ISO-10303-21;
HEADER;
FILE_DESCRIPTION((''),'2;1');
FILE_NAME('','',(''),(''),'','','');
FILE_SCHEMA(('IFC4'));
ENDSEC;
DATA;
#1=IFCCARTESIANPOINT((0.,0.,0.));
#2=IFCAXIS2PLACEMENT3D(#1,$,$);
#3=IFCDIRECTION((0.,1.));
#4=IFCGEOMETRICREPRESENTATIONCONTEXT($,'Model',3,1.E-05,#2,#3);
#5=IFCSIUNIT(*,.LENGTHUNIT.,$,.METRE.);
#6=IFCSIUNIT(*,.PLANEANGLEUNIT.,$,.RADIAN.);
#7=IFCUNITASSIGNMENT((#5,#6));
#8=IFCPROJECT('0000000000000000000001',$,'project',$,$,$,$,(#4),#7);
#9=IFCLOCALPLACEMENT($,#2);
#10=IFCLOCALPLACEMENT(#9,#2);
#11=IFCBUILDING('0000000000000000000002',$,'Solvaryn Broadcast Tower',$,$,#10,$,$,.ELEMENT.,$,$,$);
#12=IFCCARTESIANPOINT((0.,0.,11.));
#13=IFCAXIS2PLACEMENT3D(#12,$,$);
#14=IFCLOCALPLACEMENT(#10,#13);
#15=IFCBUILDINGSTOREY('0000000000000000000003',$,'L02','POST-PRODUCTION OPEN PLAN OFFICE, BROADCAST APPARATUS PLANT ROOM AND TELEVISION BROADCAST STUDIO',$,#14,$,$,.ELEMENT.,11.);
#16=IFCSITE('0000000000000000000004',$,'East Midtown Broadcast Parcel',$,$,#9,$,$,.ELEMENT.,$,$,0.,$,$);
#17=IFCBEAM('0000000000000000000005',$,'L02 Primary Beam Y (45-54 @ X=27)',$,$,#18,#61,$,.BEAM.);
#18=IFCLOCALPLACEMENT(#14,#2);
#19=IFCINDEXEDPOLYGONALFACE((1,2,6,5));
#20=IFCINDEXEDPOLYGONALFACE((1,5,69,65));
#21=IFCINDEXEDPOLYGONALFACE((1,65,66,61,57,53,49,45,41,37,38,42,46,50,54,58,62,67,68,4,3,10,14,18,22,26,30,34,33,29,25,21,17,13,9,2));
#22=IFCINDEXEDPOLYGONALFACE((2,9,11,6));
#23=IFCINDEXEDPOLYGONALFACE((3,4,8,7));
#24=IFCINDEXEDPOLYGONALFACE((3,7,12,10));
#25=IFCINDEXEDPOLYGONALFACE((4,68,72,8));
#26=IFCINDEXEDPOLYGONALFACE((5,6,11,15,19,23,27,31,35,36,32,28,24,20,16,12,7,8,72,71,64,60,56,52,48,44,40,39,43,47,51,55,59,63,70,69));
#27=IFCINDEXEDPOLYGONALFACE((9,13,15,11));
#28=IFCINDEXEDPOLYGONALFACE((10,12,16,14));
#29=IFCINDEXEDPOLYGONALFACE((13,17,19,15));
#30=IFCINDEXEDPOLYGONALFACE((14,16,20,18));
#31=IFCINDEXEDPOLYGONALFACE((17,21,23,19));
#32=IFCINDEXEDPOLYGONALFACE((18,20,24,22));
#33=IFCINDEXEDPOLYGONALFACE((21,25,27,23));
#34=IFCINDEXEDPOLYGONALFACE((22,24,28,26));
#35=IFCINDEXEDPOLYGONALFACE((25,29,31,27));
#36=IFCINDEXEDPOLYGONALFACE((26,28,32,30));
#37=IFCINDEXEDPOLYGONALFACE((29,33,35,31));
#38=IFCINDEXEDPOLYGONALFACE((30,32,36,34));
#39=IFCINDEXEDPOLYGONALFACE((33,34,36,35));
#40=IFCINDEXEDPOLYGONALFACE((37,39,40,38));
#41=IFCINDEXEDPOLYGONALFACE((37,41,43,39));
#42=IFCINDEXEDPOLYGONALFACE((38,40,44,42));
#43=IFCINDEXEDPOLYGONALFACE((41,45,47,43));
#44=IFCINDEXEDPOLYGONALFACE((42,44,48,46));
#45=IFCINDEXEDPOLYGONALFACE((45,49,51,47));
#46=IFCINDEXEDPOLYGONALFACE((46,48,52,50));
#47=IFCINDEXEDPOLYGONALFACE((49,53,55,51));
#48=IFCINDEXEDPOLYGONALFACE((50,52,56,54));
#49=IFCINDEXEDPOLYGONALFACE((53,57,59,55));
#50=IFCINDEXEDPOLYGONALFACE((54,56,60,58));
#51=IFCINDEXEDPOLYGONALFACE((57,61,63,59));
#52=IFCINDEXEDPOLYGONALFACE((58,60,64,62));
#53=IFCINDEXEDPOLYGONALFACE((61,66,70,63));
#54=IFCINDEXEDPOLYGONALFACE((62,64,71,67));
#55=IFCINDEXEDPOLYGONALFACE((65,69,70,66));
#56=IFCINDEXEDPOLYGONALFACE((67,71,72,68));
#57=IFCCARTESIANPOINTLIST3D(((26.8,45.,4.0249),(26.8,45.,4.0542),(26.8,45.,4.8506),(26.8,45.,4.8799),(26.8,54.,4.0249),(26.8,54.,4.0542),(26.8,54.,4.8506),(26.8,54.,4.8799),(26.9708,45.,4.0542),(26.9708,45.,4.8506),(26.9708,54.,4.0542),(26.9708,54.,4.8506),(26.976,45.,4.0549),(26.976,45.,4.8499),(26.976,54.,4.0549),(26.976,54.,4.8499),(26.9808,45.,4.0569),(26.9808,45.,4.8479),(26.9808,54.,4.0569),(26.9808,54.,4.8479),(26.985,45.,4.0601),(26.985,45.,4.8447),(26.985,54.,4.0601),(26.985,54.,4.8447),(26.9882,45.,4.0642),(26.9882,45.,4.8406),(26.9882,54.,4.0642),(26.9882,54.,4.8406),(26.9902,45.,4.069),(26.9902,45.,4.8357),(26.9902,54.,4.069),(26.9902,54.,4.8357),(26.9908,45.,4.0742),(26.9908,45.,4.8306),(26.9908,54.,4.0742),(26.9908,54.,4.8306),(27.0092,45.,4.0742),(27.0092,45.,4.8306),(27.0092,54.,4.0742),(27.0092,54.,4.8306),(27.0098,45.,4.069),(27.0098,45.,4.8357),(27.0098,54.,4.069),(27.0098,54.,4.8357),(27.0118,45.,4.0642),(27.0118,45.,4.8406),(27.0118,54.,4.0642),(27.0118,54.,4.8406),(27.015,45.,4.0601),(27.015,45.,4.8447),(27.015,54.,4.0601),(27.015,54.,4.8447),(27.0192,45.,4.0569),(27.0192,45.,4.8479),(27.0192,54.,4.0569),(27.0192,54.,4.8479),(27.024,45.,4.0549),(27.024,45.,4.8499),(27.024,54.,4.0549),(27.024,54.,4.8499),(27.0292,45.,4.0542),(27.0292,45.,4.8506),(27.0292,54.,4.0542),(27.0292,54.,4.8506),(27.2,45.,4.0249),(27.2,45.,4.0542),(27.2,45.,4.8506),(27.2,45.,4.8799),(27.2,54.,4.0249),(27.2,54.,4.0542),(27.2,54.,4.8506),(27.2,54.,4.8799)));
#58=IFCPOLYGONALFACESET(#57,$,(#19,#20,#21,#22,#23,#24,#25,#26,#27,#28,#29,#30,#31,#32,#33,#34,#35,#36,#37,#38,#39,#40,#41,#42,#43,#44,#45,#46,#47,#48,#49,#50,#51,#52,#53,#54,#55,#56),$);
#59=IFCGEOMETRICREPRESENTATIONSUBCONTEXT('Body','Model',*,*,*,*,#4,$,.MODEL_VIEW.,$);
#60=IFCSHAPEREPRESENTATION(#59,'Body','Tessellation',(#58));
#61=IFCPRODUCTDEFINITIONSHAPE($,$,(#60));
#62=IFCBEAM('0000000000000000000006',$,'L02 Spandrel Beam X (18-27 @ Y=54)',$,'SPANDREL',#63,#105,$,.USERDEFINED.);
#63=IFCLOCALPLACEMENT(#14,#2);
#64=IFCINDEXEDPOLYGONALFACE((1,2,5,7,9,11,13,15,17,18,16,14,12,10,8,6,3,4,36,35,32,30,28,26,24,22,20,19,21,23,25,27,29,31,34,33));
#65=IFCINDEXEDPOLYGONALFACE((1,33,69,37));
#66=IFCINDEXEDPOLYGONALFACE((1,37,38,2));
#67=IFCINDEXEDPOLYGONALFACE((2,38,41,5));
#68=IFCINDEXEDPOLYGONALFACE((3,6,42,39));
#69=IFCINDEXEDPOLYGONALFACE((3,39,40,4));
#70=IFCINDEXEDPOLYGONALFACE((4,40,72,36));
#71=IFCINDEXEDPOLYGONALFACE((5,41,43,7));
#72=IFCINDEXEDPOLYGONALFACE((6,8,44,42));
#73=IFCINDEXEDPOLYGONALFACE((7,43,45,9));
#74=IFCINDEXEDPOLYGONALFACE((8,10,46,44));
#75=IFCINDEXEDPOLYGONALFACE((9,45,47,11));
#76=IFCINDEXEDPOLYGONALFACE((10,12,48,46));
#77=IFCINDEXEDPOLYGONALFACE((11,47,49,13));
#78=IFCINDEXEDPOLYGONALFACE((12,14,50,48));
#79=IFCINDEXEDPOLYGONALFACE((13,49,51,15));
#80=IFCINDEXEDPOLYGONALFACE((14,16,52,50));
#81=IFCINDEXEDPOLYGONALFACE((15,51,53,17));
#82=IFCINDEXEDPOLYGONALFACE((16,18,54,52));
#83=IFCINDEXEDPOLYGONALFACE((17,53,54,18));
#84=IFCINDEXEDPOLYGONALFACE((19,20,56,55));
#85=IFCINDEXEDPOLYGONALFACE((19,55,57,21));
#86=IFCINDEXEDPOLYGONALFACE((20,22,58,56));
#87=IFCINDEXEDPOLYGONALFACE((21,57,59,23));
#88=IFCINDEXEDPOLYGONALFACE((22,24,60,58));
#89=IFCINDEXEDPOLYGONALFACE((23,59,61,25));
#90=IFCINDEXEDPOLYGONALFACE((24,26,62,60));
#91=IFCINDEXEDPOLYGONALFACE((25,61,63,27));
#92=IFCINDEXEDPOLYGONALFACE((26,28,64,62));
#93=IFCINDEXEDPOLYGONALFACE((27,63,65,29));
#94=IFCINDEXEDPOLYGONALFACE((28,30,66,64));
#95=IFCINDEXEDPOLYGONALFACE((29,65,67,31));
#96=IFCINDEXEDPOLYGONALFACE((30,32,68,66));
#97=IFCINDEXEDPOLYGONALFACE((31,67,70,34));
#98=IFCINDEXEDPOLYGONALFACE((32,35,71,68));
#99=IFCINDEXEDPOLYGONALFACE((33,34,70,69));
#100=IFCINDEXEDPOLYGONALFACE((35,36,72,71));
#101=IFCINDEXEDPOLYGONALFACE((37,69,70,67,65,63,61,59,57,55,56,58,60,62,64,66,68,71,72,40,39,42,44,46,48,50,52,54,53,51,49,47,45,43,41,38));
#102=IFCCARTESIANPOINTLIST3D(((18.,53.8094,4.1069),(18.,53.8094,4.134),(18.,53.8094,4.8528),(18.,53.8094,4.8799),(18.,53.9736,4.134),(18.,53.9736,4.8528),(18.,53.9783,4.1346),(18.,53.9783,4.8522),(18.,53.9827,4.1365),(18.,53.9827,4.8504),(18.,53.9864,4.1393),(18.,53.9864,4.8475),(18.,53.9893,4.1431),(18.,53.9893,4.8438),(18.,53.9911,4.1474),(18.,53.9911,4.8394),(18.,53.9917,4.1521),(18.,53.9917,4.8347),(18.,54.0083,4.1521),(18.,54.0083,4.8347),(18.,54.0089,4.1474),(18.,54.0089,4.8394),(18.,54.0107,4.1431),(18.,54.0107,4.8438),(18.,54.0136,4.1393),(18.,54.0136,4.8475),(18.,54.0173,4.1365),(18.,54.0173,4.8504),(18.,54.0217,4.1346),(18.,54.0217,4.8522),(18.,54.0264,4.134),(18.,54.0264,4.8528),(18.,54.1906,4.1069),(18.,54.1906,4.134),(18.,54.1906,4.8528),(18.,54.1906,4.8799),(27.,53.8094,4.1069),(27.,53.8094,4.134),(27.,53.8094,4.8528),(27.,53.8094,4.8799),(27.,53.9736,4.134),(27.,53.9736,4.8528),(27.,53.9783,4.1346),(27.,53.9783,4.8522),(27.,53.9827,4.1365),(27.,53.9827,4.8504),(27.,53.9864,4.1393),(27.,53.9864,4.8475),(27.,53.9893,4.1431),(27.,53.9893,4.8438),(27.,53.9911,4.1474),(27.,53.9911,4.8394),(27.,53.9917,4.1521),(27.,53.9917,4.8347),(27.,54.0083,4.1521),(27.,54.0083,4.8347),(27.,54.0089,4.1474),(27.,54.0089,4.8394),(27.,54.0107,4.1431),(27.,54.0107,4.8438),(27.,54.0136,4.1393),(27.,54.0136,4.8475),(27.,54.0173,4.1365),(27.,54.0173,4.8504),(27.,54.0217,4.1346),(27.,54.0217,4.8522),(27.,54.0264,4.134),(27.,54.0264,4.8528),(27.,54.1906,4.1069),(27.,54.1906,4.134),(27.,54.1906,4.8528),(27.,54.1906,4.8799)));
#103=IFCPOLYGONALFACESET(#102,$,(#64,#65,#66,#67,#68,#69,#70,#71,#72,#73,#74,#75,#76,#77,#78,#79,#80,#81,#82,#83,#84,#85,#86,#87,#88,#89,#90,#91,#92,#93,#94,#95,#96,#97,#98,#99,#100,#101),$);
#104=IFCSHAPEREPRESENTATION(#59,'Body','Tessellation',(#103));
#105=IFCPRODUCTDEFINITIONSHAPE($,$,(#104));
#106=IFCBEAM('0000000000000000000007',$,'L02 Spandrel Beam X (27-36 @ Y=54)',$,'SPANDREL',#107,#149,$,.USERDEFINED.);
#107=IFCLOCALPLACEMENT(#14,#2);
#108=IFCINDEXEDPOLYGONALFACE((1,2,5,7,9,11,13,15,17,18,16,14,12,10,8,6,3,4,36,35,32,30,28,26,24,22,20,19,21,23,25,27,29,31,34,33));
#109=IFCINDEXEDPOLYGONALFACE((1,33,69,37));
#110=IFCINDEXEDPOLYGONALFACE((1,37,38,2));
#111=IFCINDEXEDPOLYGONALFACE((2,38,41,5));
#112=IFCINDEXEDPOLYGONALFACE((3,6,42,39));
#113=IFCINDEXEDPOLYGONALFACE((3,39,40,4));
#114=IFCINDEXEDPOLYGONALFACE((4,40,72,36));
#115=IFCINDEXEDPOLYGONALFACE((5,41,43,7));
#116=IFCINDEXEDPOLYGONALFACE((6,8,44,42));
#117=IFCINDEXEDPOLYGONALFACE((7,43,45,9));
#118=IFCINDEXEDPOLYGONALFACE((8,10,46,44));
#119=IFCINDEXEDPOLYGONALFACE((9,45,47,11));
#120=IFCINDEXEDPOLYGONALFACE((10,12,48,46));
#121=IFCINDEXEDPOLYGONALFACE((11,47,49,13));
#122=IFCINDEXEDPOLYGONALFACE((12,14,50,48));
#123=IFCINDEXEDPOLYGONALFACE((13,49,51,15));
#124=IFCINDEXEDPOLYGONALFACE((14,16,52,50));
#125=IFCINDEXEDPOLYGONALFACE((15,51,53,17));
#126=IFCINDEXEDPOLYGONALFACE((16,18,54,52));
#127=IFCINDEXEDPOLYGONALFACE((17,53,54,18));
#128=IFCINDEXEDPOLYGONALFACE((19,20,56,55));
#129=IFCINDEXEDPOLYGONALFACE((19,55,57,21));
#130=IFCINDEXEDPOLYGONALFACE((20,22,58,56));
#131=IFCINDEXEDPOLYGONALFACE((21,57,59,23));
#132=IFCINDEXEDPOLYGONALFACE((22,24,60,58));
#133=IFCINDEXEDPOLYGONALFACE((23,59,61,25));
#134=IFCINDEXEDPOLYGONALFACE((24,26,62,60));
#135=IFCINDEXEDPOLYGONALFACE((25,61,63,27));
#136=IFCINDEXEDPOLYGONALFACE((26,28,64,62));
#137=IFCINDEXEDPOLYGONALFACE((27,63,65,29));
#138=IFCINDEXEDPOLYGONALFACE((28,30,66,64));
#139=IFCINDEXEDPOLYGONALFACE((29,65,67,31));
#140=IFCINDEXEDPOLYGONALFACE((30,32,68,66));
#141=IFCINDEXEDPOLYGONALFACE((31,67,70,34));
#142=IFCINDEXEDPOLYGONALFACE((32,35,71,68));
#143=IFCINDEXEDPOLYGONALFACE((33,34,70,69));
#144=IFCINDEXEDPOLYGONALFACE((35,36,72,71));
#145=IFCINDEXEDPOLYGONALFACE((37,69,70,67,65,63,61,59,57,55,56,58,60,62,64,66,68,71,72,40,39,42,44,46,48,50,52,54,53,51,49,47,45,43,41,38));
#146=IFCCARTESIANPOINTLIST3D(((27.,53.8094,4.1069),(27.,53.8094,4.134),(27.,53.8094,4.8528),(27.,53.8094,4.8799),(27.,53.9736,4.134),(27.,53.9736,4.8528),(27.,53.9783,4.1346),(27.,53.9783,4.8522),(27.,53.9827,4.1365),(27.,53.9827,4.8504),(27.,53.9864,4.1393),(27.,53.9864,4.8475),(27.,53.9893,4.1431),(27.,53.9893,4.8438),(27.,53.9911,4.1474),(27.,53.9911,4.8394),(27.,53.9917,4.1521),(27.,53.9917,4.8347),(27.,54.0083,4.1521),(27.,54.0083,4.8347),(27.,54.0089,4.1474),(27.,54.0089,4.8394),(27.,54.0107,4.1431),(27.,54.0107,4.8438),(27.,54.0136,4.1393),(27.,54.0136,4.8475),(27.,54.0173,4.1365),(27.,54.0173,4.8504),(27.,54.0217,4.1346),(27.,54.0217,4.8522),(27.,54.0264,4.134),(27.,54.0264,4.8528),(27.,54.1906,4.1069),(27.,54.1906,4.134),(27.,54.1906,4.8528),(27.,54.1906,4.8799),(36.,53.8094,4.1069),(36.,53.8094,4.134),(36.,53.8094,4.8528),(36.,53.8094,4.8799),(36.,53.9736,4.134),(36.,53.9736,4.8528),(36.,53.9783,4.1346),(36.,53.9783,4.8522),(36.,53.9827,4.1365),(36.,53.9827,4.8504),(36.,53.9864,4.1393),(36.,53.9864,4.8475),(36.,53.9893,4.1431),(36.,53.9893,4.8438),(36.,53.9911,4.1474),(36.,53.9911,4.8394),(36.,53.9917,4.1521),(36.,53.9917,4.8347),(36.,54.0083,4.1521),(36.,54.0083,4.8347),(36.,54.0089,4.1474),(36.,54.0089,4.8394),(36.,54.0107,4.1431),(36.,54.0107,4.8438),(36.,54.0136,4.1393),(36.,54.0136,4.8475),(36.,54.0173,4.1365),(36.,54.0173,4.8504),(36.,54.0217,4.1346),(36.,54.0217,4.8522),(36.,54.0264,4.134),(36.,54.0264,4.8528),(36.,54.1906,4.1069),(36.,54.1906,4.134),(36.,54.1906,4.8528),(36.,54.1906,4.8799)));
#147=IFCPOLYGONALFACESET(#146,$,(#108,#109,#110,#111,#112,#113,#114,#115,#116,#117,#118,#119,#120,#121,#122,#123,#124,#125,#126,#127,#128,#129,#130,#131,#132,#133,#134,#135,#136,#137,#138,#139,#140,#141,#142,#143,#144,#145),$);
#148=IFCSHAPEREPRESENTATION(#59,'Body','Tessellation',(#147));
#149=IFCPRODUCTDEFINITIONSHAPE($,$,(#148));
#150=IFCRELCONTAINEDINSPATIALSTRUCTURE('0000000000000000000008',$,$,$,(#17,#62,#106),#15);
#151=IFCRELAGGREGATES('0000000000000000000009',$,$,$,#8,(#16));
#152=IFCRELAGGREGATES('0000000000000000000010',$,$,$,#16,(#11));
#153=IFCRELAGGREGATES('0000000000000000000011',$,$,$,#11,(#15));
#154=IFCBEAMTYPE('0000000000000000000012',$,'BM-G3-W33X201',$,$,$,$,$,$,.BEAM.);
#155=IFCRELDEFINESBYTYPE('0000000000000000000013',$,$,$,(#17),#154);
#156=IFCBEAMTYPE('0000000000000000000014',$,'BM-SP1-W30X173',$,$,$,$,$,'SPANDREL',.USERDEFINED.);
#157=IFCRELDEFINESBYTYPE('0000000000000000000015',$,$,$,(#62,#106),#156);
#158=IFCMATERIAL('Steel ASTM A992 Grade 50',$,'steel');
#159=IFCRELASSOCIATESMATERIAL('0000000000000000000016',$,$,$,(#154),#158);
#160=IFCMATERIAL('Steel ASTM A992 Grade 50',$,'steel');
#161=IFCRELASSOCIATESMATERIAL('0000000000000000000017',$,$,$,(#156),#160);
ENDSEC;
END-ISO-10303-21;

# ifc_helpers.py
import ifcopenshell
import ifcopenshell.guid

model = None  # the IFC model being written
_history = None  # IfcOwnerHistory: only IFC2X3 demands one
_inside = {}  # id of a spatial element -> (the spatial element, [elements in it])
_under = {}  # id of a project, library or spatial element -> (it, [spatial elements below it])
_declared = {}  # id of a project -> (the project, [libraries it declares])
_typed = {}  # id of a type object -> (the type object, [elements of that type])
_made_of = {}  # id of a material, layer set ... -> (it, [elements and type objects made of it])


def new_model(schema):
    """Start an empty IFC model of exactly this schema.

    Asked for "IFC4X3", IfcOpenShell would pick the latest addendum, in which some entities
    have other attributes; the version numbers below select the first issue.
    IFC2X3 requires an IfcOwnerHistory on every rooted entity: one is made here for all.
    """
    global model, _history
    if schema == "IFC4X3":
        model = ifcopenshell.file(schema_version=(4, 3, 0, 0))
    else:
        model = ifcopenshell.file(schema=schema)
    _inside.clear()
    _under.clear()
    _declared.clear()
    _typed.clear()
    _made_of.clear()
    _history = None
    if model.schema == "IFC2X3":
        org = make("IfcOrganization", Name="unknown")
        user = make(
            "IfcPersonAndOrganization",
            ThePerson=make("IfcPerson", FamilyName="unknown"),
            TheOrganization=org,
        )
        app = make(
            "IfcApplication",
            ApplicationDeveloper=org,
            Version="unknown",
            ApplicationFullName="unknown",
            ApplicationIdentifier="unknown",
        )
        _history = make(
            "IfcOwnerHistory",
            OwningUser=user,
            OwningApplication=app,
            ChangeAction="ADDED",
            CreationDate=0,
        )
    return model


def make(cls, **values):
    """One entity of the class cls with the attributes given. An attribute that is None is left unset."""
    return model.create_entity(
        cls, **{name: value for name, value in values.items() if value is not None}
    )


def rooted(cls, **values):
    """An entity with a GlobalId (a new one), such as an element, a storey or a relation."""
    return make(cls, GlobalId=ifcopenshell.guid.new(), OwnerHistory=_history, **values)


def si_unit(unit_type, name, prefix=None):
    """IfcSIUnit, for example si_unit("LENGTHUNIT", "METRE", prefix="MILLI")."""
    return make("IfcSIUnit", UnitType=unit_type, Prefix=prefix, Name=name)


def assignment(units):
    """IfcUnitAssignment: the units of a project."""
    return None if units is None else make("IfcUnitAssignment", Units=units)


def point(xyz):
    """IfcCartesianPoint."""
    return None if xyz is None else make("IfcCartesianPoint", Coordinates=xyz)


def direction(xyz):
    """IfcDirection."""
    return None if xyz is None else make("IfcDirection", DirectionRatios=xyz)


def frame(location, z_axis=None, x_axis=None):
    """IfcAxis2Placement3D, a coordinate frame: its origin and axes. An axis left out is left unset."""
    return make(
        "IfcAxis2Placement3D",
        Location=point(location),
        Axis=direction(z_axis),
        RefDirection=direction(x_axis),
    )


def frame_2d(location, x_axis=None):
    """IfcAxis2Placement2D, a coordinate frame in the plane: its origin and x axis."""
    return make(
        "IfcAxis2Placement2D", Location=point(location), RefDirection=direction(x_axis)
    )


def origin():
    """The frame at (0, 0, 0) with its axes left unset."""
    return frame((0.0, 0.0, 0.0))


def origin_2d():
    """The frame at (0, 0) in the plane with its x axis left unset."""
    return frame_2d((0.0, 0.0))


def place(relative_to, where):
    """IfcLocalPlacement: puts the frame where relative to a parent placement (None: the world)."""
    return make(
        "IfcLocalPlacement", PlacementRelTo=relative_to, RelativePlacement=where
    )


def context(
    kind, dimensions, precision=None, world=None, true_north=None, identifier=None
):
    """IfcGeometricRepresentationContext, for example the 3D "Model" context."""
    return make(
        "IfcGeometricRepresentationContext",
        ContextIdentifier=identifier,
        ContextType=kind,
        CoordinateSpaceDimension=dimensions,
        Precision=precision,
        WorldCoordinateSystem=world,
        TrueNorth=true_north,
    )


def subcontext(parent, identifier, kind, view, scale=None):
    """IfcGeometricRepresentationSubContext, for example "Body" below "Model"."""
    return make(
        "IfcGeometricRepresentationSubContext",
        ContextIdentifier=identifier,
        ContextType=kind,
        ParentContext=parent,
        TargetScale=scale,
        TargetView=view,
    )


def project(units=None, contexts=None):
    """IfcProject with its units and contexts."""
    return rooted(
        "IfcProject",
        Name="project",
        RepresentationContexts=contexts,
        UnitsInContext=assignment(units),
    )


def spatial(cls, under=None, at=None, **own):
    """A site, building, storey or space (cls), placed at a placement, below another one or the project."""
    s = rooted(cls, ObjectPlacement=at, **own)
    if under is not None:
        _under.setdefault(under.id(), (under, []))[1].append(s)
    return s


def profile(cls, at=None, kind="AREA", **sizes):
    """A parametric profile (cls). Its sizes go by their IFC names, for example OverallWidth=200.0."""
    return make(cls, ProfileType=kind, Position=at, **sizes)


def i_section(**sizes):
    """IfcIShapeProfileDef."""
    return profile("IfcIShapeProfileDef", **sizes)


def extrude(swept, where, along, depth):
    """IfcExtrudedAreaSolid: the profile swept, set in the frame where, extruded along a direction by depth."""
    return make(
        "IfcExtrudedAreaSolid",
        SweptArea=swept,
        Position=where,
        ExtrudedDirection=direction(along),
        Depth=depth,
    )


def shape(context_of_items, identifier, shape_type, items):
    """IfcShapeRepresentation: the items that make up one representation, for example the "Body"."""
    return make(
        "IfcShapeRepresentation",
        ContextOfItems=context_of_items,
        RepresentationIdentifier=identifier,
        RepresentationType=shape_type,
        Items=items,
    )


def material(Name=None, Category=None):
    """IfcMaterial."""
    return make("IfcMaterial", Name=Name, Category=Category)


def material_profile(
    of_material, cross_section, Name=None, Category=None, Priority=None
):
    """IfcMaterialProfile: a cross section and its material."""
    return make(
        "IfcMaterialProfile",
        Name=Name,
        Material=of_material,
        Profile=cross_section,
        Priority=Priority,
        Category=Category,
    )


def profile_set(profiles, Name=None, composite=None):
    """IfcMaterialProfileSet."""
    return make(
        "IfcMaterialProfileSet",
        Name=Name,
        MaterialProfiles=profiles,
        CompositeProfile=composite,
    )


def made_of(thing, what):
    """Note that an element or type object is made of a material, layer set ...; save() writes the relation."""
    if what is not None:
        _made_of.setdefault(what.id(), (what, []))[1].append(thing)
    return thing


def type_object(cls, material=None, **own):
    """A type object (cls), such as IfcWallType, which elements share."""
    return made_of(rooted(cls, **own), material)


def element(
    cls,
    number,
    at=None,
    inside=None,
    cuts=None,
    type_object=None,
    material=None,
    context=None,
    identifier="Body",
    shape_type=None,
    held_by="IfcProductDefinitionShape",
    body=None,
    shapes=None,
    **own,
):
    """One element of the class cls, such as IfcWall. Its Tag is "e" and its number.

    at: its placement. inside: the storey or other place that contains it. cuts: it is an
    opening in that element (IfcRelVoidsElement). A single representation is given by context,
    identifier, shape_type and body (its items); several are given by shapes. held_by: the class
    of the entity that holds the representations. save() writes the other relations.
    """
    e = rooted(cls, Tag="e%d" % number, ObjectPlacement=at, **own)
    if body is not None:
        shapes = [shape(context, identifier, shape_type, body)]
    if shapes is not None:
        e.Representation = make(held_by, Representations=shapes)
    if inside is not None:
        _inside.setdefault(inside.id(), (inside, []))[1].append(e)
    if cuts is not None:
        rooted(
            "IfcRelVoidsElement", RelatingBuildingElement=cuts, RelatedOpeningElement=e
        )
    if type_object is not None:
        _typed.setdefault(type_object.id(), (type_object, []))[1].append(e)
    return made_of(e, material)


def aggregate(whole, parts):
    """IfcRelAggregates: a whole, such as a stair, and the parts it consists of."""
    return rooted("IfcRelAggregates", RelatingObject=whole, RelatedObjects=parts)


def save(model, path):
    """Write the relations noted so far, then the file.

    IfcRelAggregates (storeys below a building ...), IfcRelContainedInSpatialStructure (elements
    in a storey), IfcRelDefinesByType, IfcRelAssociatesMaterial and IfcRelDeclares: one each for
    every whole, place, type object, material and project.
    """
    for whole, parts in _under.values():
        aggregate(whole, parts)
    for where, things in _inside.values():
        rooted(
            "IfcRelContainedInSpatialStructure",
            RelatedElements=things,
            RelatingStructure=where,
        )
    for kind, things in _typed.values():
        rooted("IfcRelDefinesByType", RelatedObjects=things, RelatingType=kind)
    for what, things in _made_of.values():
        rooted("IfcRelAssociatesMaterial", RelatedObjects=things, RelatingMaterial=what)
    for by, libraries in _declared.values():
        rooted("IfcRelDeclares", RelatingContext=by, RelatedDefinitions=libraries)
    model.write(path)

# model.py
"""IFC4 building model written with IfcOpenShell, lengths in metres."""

from ifc_helpers import new_model, si_unit, direction, frame, origin, origin_2d, place, context, subcontext, project, spatial, i_section, extrude, material, material_profile, profile_set, type_object, element, save


model = new_model("IFC4")

# Units and contexts
model_context = context("Model", 3, precision=1e-05, world=origin(), true_north=direction((0.0, 1.0)))
body_context = subcontext(model_context, "Body", "Model", "MODEL_VIEW")
ifc_project = project(units=[si_unit("LENGTHUNIT", "METRE"), si_unit("PLANEANGLEUNIT", "RADIAN")], contexts=[model_context])

# Site, building, storey
site_placement = place(None, origin())
site = spatial("IfcSite", under=ifc_project, at=site_placement, Name="East Midtown Broadcast Parcel", CompositionType="ELEMENT", RefElevation=0.0)
building_placement = place(site_placement, origin())
building = spatial("IfcBuilding", under=site, at=building_placement, Name="Solvaryn Broadcast Tower", CompositionType="ELEMENT")
storey_placement = place(building_placement, frame((0.0, 0.0, 11.0)))
storey = spatial("IfcBuildingStorey", under=building, at=storey_placement, Name="L02", Description="POST-PRODUCTION OPEN PLAN OFFICE, BROADCAST APPARATUS PLANT ROOM AND TELEVISION BROADCAST STUDIO", CompositionType="ELEMENT", Elevation=11.0)

# Beams
ifc_material_1 = material(Name="Steel ASTM A992 Grade 50", Category="steel")
ifc_material_profile_1 = material_profile(ifc_material_1, i_section(OverallWidth=0.3999, OverallDepth=0.855, WebThickness=0.0183, FlangeThickness=0.0293, FilletRadius=0.02, at=origin_2d()))
ifc_profile_set_1 = profile_set([ifc_material_profile_1], Name="Steel ASTM A992 Grade 50")
beam_type_1 = type_object("IfcBeamType", Name="BM-G3-W33X201", PredefinedType="BEAM", material=ifc_profile_set_1)
for number, where, z_axis, x_axis, name in (
    (1, (27.0, 45.0, 4.4524), (0.0, 1.0, 0.0), (-1.0, 0.0, 0.0), "L02 Primary Beam Y (45-54 @ X=27)"),
):
    element("IfcBeam", number, at=place(storey_placement, frame(where, z_axis=z_axis, x_axis=x_axis)), inside=storey, type_object=beam_type_1, Name=name, PredefinedType="BEAM", context=body_context, shape_type="SweptSolid", body=[
        extrude(i_section(OverallWidth=0.3999, OverallDepth=0.855, WebThickness=0.0183, FlangeThickness=0.0293, FilletRadius=0.02, at=origin_2d()), origin(), (0.0, 0.0, 1.0), 9.0),
    ])
ifc_material_2 = material(Name="Steel ASTM A992 Grade 50", Category="steel")
ifc_material_profile_2 = material_profile(ifc_material_2, i_section(OverallWidth=0.3811, OverallDepth=0.7729, WebThickness=0.0166, FlangeThickness=0.0271, FilletRadius=0.0181, at=origin_2d()))
ifc_profile_set_2 = profile_set([ifc_material_profile_2], Name="Steel ASTM A992 Grade 50")
beam_type_2 = type_object("IfcBeamType", Name="BM-SP1-W30X173", ElementType="SPANDREL", PredefinedType="USERDEFINED", material=ifc_profile_set_2)
for number, where, z_axis, x_axis, name in (
    (2, (18.0, 54.0, 4.4934), (1.0, 0.0, 0.0), (0.0, 1.0, 0.0), "L02 Spandrel Beam X (18-27 @ Y=54)"),
    (3, (27.0, 54.0, 4.4934), (1.0, 0.0, 0.0), (0.0, 1.0, 0.0), "L02 Spandrel Beam X (27-36 @ Y=54)"),
):
    element("IfcBeam", number, at=place(storey_placement, frame(where, z_axis=z_axis, x_axis=x_axis)), inside=storey, type_object=beam_type_2, Name=name, ObjectType="SPANDREL", PredefinedType="USERDEFINED", context=body_context, shape_type="SweptSolid", body=[
        extrude(i_section(OverallWidth=0.3811, OverallDepth=0.7729, WebThickness=0.0166, FlangeThickness=0.0271, FilletRadius=0.0181, at=origin_2d()), origin(), (0.0, 0.0, 1.0), 9.0),
    ])

save(model, "model.ifc")
